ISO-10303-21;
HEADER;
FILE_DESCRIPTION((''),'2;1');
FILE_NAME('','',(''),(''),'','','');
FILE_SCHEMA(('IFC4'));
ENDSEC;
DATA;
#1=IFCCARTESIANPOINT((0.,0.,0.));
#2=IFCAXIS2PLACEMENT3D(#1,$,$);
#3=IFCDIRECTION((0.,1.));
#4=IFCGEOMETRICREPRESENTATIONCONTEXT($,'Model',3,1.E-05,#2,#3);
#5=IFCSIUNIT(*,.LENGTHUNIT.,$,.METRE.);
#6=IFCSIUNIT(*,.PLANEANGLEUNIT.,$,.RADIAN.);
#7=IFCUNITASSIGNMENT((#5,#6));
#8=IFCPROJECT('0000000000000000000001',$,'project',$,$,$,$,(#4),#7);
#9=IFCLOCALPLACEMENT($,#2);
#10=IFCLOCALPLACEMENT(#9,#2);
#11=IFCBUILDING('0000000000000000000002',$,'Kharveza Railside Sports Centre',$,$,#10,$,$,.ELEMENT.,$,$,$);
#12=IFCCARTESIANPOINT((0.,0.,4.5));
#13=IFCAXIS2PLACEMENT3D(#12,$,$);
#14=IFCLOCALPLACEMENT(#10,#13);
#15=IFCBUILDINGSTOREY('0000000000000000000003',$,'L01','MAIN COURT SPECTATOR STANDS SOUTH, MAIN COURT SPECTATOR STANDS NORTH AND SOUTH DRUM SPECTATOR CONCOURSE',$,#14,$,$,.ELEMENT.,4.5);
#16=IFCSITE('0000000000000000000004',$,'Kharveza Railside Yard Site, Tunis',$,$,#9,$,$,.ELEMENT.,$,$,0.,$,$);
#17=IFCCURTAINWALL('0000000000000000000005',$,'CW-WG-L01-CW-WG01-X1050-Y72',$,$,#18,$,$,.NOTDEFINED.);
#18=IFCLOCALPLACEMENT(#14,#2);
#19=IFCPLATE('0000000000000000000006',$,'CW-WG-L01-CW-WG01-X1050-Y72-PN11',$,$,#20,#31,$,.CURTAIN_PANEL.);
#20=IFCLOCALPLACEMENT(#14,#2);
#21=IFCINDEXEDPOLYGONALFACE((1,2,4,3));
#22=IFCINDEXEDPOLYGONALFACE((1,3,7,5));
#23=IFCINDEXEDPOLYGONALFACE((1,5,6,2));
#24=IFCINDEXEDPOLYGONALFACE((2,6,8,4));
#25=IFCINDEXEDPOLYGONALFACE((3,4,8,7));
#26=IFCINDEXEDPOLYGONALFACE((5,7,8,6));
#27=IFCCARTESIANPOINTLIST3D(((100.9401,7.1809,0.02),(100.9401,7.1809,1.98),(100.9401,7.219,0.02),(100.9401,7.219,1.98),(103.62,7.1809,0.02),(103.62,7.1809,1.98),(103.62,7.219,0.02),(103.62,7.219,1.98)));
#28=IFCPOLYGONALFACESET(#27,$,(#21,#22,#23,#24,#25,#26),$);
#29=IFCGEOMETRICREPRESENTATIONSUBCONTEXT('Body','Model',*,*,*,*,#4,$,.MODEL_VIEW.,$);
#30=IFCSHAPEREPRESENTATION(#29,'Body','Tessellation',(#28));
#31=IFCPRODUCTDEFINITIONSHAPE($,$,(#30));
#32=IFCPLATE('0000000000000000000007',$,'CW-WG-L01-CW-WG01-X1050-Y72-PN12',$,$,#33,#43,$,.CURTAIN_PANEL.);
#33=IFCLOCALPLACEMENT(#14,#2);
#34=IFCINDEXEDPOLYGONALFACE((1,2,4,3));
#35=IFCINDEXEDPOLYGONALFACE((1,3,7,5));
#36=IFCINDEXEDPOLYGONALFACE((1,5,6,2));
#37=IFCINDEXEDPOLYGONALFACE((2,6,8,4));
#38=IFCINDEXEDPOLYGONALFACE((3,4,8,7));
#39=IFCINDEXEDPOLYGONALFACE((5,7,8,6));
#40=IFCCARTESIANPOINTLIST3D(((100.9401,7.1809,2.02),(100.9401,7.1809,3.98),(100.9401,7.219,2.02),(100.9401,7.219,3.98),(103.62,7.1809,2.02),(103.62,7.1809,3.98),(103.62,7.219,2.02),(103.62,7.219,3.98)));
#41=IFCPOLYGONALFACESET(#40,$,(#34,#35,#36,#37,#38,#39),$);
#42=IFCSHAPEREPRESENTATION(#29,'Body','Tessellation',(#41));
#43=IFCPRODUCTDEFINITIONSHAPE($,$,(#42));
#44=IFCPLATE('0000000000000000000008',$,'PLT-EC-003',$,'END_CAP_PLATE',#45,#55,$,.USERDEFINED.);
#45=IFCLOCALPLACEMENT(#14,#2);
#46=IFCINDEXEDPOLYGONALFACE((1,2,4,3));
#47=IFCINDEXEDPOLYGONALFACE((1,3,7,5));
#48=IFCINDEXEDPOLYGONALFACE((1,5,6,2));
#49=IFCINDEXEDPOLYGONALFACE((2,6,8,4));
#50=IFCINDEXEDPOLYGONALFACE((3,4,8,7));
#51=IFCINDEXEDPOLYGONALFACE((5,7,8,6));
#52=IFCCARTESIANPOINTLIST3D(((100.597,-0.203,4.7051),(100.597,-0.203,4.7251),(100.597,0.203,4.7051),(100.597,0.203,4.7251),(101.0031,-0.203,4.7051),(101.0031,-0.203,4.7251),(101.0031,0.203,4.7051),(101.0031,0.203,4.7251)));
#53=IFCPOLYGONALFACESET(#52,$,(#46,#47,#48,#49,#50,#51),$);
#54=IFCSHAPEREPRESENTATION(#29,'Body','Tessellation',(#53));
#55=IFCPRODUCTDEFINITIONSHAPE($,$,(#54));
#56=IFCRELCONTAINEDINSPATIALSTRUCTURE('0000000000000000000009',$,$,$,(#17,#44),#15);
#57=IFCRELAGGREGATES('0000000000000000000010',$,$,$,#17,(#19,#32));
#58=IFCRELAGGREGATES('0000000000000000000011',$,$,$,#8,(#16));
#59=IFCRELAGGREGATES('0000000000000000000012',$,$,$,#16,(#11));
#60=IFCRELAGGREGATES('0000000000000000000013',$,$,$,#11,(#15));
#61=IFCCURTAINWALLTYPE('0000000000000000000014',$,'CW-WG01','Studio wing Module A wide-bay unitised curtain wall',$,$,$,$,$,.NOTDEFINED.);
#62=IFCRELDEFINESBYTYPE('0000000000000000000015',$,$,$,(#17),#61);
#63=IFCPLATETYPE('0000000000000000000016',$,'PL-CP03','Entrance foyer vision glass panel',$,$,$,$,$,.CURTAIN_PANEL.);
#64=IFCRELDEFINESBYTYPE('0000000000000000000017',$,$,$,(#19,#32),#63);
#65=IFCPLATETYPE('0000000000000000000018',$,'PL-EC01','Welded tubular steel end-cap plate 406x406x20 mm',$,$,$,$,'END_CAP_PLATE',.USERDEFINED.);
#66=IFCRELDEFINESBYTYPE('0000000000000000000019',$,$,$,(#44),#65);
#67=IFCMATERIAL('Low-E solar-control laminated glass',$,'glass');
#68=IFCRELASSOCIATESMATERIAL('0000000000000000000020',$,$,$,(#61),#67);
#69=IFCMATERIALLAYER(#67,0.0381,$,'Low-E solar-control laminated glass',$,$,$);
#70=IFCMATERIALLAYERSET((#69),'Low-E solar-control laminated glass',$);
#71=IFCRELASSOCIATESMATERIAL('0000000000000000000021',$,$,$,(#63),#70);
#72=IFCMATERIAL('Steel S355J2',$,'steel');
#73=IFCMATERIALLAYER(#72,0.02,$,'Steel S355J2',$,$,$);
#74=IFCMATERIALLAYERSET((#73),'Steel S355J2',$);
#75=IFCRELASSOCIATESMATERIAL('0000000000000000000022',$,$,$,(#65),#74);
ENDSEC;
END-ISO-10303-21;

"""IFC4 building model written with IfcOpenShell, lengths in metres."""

from ifc_helpers import new_model, si_unit, direction, frame, origin, origin_2d, place, context, subcontext, project, spatial, rectangle, extrude, material, layer, layer_set, type_object, element, aggregate, save


model = new_model("IFC4")

# Units and contexts
model_context = context("Model", 3, precision=1e-05, world=origin(), true_north=direction((0.0, 1.0)))
body_context = subcontext(model_context, "Body", "Model", "MODEL_VIEW")
ifc_project = project(units=[si_unit("LENGTHUNIT", "METRE"), si_unit("PLANEANGLEUNIT", "RADIAN")], contexts=[model_context])

# Site, building, storey
site_placement = place(None, origin())
site = spatial("IfcSite", under=ifc_project, at=site_placement, Name="Kharveza Railside Yard Site, Tunis", CompositionType="ELEMENT", RefElevation=0.0)
building_placement = place(site_placement, origin())
building = spatial("IfcBuilding", under=site, at=building_placement, Name="Kharveza Railside Sports Centre", CompositionType="ELEMENT")
storey_placement = place(building_placement, frame((0.0, 0.0, 4.5)))
storey = spatial("IfcBuildingStorey", under=building, at=storey_placement, Name="L01", Description="MAIN COURT SPECTATOR STANDS SOUTH, MAIN COURT SPECTATOR STANDS NORTH AND SOUTH DRUM SPECTATOR CONCOURSE", CompositionType="ELEMENT", Elevation=4.5)

# Shared definitions
ifc_material_1 = material(Name="Steel S355J2", Category="steel")

# Curtain wall
ifc_material_2 = material(Name="Low-E solar-control laminated glass", Category="glass")
curtain_wall_type = type_object("IfcCurtainWallType", Name="CW-WG01", Description="Studio wing Module A wide-bay unitised curtain wall", PredefinedType="NOTDEFINED", material=ifc_material_2)
curtain_wall_1_placement = place(storey_placement, origin())
curtain_wall_1 = element("IfcCurtainWall", 1, at=curtain_wall_1_placement, inside=storey, type_object=curtain_wall_type, Name="CW-WG-L01-CW-WG01-X1050-Y72", PredefinedType="NOTDEFINED")

# Plates
ifc_layer_1 = layer(ifc_material_2, 0.0381, Name="Low-E solar-control laminated glass")
ifc_layer_set_1 = layer_set([ifc_layer_1], Name="Low-E solar-control laminated glass")
plate_type_1 = type_object("IfcPlateType", Name="PL-CP03", Description="Entrance foyer vision glass panel", PredefinedType="CURTAIN_PANEL", material=ifc_layer_set_1)
plate_1_placement = place(storey_placement, frame((102.28, 7.2, 0.02), z_axis=(0.0, 0.0, 1.0), x_axis=(1.0, 0.0, 0.0)))
plate_1 = element("IfcPlate", 2, at=plate_1_placement, type_object=plate_type_1, Name="CW-WG-L01-CW-WG01-X1050-Y72-PN11", PredefinedType="CURTAIN_PANEL", context=body_context, shape_type="SweptSolid", body=[
    extrude(rectangle(XDim=2.6799, YDim=0.0381, at=origin_2d()), origin(), (0.0, 0.0, 1.0), 1.96),
])
plate_2_placement = place(storey_placement, frame((102.28, 7.2, 2.02), z_axis=(0.0, 0.0, 1.0), x_axis=(1.0, 0.0, 0.0)))
plate_2 = element("IfcPlate", 3, at=plate_2_placement, type_object=plate_type_1, Name="CW-WG-L01-CW-WG01-X1050-Y72-PN12", PredefinedType="CURTAIN_PANEL", context=body_context, shape_type="SweptSolid", body=[
    extrude(rectangle(XDim=2.6799, YDim=0.0381, at=origin_2d()), origin(), (0.0, 0.0, 1.0), 1.96),
])
aggregate(curtain_wall_1, [plate_1, plate_2])
ifc_layer_2 = layer(ifc_material_1, 0.02, Name="Steel S355J2")
ifc_layer_set_2 = layer_set([ifc_layer_2], Name="Steel S355J2")
plate_type_2 = type_object("IfcPlateType", Name="PL-EC01", Description="Welded tubular steel end-cap plate 406x406x20 mm", ElementType="END_CAP_PLATE", PredefinedType="USERDEFINED", material=ifc_layer_set_2)
plate_3_placement = place(storey_placement, frame((100.8, 0.0, 4.7051), z_axis=(0.0, 0.0, 1.0), x_axis=(1.0, 0.0, 0.0)))
element("IfcPlate", 4, at=plate_3_placement, inside=storey, type_object=plate_type_2, Name="PLT-EC-003", ObjectType="END_CAP_PLATE", PredefinedType="USERDEFINED", context=body_context, shape_type="SweptSolid", body=[
    extrude(rectangle(XDim=0.406, YDim=0.406, at=origin_2d()), origin(), (0.0, 0.0, 1.0), 0.02),
])

save(model, "model.ifc")
